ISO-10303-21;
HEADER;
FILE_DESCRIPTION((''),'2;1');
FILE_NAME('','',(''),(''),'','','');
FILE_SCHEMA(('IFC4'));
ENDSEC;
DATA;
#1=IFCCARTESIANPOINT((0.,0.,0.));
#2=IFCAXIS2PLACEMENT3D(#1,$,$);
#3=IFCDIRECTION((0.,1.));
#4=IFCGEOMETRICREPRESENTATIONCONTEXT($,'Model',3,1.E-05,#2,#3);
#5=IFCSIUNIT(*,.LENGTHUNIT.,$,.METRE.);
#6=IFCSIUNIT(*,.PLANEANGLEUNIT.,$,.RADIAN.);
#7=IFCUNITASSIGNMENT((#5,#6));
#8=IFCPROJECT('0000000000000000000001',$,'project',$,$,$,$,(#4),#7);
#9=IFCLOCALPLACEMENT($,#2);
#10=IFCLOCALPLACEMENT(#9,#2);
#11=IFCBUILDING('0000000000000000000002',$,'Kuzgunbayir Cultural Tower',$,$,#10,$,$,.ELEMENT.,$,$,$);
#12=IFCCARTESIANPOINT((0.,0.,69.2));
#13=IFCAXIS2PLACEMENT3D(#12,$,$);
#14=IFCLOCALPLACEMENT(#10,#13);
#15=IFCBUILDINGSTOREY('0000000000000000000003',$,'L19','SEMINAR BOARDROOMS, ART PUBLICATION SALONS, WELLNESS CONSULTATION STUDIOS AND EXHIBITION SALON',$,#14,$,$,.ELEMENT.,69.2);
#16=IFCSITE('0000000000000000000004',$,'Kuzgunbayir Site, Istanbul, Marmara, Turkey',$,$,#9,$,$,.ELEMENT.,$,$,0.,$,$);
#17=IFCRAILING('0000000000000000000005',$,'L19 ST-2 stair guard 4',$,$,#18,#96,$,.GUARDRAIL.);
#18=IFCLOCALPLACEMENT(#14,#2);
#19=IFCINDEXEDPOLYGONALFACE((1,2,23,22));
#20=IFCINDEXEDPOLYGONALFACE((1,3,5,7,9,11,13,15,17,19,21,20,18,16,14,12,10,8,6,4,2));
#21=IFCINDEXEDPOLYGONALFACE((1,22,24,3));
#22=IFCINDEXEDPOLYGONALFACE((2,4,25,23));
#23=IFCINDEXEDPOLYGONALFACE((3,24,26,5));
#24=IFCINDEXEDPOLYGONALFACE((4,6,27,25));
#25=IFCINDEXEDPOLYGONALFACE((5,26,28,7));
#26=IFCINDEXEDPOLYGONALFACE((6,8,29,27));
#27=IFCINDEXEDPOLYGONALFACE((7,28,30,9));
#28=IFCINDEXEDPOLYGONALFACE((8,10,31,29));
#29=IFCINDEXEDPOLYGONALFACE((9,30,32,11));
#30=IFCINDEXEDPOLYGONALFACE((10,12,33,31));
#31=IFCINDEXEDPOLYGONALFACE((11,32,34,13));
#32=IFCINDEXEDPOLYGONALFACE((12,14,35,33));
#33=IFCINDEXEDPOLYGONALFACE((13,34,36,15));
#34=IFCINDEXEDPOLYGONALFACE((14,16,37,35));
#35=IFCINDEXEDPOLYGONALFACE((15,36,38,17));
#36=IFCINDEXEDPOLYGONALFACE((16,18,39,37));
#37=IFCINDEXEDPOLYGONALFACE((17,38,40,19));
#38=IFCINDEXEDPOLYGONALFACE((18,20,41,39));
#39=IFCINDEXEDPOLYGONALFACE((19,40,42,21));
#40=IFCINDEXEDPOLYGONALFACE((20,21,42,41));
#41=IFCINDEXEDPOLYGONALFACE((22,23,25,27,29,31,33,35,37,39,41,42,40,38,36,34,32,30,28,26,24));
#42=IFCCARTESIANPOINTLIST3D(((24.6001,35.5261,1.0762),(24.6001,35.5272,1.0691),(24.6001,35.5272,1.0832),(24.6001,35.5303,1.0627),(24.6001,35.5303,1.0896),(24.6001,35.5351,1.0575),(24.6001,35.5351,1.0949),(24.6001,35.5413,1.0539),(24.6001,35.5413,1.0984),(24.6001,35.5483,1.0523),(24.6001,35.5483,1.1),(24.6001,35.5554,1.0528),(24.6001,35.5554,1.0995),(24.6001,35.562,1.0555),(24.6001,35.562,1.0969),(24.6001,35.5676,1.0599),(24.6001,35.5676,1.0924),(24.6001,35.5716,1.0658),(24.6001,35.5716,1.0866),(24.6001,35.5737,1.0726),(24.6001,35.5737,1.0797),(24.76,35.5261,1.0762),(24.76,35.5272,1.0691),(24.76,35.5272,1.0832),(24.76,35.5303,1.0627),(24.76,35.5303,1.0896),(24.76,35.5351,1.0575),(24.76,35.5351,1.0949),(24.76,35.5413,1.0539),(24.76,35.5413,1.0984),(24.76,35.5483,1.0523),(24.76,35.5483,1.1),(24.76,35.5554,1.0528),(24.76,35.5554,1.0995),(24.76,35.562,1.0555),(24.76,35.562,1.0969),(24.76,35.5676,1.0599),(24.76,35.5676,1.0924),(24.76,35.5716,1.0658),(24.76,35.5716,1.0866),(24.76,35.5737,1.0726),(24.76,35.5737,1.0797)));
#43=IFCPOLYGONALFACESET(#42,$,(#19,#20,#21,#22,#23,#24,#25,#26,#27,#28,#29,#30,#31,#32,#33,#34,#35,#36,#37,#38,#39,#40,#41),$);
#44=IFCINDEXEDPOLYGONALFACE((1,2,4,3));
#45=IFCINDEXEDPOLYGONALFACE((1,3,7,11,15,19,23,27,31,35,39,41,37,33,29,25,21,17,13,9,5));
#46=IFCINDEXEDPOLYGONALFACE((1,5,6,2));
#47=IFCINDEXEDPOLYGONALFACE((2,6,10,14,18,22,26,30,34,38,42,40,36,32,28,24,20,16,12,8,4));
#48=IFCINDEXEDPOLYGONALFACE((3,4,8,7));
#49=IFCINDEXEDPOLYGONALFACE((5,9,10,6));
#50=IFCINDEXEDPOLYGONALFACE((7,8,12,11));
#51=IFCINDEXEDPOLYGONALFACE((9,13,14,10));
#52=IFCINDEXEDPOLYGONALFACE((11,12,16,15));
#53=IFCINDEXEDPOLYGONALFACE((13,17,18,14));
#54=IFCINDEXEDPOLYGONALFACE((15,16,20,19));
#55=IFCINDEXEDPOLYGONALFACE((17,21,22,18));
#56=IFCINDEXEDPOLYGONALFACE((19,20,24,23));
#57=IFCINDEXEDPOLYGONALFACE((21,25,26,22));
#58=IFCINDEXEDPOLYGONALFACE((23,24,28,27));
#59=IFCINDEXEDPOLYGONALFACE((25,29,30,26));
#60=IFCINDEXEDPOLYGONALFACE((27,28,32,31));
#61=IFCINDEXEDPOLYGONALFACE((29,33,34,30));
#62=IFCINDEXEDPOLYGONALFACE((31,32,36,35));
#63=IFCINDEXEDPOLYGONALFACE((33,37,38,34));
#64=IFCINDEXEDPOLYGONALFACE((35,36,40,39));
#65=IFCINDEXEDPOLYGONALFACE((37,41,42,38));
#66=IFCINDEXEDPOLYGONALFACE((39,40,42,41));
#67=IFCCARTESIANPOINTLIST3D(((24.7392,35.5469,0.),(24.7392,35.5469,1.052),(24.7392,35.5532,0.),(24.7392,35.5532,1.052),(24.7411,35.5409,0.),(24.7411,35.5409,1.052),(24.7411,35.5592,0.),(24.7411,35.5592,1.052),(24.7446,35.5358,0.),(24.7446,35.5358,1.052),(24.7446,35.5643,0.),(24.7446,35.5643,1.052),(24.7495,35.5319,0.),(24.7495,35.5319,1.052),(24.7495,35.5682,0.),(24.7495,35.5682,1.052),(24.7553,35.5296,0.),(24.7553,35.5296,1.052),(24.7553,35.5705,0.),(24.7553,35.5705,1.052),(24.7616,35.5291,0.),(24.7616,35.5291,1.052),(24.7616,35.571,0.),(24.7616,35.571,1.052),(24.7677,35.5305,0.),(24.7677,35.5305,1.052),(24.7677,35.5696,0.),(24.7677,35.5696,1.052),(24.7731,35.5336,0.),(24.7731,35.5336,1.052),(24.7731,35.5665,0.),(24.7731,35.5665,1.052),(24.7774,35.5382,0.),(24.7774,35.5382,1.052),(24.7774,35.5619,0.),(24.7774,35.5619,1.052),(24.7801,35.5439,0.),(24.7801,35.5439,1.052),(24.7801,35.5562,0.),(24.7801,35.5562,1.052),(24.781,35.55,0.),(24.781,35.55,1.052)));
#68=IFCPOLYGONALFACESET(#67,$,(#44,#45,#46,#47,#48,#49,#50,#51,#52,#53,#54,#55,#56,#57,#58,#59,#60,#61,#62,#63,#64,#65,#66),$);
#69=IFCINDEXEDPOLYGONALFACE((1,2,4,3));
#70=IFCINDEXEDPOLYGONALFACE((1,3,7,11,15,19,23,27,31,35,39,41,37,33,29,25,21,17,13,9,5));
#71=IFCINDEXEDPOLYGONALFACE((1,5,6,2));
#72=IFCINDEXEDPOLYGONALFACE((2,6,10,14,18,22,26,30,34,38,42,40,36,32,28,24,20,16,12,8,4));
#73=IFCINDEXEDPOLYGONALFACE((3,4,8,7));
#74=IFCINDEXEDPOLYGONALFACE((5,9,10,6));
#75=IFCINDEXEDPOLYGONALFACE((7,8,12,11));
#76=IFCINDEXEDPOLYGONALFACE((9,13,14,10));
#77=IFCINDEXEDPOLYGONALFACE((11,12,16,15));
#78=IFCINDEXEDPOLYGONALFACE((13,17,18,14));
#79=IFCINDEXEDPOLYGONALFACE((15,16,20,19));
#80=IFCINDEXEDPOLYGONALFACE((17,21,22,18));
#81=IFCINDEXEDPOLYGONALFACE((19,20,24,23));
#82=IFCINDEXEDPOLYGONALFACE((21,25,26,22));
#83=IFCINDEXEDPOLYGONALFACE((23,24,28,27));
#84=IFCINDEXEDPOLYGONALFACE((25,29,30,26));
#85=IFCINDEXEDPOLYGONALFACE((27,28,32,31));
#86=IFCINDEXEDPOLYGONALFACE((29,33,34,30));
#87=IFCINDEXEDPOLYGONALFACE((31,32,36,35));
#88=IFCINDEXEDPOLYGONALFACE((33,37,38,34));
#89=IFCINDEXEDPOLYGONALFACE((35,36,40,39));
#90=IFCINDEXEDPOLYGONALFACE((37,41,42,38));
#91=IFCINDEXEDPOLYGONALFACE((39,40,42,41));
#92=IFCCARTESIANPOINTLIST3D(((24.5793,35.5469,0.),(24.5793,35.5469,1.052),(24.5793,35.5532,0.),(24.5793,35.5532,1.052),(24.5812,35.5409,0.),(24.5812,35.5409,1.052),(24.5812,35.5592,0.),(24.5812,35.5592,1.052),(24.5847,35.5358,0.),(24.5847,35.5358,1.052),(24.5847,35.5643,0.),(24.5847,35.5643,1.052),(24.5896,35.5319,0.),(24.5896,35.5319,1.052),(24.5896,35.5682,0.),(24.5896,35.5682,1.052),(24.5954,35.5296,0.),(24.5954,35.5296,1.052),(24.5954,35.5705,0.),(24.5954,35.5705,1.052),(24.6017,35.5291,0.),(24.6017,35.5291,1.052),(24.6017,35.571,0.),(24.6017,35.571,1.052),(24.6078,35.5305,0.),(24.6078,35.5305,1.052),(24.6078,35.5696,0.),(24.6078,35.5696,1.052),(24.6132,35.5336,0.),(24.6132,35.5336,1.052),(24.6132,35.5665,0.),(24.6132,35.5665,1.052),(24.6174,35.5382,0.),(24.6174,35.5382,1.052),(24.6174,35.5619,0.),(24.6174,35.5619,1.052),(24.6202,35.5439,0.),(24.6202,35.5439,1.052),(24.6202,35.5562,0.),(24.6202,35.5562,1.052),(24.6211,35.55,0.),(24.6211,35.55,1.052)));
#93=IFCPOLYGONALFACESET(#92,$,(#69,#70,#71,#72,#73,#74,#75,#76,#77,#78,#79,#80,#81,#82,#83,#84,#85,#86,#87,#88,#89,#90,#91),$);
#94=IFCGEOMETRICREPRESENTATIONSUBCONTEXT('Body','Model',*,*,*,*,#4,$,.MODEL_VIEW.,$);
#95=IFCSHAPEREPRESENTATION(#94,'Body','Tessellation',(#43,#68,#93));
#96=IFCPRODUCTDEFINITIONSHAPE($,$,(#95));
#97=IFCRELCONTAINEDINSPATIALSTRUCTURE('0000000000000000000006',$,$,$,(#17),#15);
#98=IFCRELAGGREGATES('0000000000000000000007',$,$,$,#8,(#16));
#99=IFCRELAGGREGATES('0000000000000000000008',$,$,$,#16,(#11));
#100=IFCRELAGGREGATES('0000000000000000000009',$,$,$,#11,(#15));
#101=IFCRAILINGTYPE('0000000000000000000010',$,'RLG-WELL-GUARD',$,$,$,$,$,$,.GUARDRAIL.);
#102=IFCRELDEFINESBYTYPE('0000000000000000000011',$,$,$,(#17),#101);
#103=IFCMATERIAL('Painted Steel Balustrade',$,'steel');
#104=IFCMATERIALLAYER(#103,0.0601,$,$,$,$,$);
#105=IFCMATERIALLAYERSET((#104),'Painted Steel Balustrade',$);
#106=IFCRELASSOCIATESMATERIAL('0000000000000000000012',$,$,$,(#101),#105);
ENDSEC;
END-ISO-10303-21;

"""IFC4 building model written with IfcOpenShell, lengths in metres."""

from ifc_helpers import new_model, si_unit, direction, frame, origin, origin_2d, place, context, subcontext, project, spatial, circle, extrude, material, layer, layer_set, type_object, element, save


model = new_model("IFC4")

# Units and contexts
model_context = context("Model", 3, precision=1e-05, world=origin(), true_north=direction((0.0, 1.0)))
body_context = subcontext(model_context, "Body", "Model", "MODEL_VIEW")
ifc_project = project(units=[si_unit("LENGTHUNIT", "METRE"), si_unit("PLANEANGLEUNIT", "RADIAN")], contexts=[model_context])

# Site, building, storey
site_placement = place(None, origin())
site = spatial("IfcSite", under=ifc_project, at=site_placement, Name="Kuzgunbayir Site, Istanbul, Marmara, Turkey", CompositionType="ELEMENT", RefElevation=0.0)
building_placement = place(site_placement, origin())
building = spatial("IfcBuilding", under=site, at=building_placement, Name="Kuzgunbayir Cultural Tower", CompositionType="ELEMENT")
storey_placement = place(building_placement, frame((0.0, 0.0, 69.2)))
storey = spatial("IfcBuildingStorey", under=building, at=storey_placement, Name="L19", Description="SEMINAR BOARDROOMS, ART PUBLICATION SALONS, WELLNESS CONSULTATION STUDIOS AND EXHIBITION SALON", CompositionType="ELEMENT", Elevation=69.2)

# Railing
ifc_material_1 = material(Name="Painted Steel Balustrade", Category="steel")
ifc_layer_1 = layer(ifc_material_1, 0.0601)
ifc_layer_set_1 = layer_set([ifc_layer_1], Name="Painted Steel Balustrade")
railing_type_1 = type_object("IfcRailingType", Name="RLG-WELL-GUARD", PredefinedType="GUARDRAIL", material=ifc_layer_set_1)
railing_1_placement = place(storey_placement, frame((24.76, 35.55, 0.0)))
element("IfcRailing", 1, at=railing_1_placement, inside=storey, type_object=railing_type_1, Name="L19 ST-2 stair guard 4", PredefinedType="GUARDRAIL", context=body_context, shape_type="SweptSolid", body=[
    extrude(circle(Radius=0.0239, at=origin_2d()), frame((0.0, 0.0, 1.0762), z_axis=(-1.0, 0.0, 0.0), x_axis=(0.0, -1.0, 0.0)), (0.0, 0.0, 1.0), 0.1599),
    extrude(circle(Radius=0.021, at=origin_2d()), origin(), (0.0, 0.0, 1.0), 1.052),
    extrude(circle(Radius=0.021, at=origin_2d()), frame((-0.1599, 0.0, 0.0)), (0.0, 0.0, 1.0), 1.052),
])

save(model, "model.ifc")
